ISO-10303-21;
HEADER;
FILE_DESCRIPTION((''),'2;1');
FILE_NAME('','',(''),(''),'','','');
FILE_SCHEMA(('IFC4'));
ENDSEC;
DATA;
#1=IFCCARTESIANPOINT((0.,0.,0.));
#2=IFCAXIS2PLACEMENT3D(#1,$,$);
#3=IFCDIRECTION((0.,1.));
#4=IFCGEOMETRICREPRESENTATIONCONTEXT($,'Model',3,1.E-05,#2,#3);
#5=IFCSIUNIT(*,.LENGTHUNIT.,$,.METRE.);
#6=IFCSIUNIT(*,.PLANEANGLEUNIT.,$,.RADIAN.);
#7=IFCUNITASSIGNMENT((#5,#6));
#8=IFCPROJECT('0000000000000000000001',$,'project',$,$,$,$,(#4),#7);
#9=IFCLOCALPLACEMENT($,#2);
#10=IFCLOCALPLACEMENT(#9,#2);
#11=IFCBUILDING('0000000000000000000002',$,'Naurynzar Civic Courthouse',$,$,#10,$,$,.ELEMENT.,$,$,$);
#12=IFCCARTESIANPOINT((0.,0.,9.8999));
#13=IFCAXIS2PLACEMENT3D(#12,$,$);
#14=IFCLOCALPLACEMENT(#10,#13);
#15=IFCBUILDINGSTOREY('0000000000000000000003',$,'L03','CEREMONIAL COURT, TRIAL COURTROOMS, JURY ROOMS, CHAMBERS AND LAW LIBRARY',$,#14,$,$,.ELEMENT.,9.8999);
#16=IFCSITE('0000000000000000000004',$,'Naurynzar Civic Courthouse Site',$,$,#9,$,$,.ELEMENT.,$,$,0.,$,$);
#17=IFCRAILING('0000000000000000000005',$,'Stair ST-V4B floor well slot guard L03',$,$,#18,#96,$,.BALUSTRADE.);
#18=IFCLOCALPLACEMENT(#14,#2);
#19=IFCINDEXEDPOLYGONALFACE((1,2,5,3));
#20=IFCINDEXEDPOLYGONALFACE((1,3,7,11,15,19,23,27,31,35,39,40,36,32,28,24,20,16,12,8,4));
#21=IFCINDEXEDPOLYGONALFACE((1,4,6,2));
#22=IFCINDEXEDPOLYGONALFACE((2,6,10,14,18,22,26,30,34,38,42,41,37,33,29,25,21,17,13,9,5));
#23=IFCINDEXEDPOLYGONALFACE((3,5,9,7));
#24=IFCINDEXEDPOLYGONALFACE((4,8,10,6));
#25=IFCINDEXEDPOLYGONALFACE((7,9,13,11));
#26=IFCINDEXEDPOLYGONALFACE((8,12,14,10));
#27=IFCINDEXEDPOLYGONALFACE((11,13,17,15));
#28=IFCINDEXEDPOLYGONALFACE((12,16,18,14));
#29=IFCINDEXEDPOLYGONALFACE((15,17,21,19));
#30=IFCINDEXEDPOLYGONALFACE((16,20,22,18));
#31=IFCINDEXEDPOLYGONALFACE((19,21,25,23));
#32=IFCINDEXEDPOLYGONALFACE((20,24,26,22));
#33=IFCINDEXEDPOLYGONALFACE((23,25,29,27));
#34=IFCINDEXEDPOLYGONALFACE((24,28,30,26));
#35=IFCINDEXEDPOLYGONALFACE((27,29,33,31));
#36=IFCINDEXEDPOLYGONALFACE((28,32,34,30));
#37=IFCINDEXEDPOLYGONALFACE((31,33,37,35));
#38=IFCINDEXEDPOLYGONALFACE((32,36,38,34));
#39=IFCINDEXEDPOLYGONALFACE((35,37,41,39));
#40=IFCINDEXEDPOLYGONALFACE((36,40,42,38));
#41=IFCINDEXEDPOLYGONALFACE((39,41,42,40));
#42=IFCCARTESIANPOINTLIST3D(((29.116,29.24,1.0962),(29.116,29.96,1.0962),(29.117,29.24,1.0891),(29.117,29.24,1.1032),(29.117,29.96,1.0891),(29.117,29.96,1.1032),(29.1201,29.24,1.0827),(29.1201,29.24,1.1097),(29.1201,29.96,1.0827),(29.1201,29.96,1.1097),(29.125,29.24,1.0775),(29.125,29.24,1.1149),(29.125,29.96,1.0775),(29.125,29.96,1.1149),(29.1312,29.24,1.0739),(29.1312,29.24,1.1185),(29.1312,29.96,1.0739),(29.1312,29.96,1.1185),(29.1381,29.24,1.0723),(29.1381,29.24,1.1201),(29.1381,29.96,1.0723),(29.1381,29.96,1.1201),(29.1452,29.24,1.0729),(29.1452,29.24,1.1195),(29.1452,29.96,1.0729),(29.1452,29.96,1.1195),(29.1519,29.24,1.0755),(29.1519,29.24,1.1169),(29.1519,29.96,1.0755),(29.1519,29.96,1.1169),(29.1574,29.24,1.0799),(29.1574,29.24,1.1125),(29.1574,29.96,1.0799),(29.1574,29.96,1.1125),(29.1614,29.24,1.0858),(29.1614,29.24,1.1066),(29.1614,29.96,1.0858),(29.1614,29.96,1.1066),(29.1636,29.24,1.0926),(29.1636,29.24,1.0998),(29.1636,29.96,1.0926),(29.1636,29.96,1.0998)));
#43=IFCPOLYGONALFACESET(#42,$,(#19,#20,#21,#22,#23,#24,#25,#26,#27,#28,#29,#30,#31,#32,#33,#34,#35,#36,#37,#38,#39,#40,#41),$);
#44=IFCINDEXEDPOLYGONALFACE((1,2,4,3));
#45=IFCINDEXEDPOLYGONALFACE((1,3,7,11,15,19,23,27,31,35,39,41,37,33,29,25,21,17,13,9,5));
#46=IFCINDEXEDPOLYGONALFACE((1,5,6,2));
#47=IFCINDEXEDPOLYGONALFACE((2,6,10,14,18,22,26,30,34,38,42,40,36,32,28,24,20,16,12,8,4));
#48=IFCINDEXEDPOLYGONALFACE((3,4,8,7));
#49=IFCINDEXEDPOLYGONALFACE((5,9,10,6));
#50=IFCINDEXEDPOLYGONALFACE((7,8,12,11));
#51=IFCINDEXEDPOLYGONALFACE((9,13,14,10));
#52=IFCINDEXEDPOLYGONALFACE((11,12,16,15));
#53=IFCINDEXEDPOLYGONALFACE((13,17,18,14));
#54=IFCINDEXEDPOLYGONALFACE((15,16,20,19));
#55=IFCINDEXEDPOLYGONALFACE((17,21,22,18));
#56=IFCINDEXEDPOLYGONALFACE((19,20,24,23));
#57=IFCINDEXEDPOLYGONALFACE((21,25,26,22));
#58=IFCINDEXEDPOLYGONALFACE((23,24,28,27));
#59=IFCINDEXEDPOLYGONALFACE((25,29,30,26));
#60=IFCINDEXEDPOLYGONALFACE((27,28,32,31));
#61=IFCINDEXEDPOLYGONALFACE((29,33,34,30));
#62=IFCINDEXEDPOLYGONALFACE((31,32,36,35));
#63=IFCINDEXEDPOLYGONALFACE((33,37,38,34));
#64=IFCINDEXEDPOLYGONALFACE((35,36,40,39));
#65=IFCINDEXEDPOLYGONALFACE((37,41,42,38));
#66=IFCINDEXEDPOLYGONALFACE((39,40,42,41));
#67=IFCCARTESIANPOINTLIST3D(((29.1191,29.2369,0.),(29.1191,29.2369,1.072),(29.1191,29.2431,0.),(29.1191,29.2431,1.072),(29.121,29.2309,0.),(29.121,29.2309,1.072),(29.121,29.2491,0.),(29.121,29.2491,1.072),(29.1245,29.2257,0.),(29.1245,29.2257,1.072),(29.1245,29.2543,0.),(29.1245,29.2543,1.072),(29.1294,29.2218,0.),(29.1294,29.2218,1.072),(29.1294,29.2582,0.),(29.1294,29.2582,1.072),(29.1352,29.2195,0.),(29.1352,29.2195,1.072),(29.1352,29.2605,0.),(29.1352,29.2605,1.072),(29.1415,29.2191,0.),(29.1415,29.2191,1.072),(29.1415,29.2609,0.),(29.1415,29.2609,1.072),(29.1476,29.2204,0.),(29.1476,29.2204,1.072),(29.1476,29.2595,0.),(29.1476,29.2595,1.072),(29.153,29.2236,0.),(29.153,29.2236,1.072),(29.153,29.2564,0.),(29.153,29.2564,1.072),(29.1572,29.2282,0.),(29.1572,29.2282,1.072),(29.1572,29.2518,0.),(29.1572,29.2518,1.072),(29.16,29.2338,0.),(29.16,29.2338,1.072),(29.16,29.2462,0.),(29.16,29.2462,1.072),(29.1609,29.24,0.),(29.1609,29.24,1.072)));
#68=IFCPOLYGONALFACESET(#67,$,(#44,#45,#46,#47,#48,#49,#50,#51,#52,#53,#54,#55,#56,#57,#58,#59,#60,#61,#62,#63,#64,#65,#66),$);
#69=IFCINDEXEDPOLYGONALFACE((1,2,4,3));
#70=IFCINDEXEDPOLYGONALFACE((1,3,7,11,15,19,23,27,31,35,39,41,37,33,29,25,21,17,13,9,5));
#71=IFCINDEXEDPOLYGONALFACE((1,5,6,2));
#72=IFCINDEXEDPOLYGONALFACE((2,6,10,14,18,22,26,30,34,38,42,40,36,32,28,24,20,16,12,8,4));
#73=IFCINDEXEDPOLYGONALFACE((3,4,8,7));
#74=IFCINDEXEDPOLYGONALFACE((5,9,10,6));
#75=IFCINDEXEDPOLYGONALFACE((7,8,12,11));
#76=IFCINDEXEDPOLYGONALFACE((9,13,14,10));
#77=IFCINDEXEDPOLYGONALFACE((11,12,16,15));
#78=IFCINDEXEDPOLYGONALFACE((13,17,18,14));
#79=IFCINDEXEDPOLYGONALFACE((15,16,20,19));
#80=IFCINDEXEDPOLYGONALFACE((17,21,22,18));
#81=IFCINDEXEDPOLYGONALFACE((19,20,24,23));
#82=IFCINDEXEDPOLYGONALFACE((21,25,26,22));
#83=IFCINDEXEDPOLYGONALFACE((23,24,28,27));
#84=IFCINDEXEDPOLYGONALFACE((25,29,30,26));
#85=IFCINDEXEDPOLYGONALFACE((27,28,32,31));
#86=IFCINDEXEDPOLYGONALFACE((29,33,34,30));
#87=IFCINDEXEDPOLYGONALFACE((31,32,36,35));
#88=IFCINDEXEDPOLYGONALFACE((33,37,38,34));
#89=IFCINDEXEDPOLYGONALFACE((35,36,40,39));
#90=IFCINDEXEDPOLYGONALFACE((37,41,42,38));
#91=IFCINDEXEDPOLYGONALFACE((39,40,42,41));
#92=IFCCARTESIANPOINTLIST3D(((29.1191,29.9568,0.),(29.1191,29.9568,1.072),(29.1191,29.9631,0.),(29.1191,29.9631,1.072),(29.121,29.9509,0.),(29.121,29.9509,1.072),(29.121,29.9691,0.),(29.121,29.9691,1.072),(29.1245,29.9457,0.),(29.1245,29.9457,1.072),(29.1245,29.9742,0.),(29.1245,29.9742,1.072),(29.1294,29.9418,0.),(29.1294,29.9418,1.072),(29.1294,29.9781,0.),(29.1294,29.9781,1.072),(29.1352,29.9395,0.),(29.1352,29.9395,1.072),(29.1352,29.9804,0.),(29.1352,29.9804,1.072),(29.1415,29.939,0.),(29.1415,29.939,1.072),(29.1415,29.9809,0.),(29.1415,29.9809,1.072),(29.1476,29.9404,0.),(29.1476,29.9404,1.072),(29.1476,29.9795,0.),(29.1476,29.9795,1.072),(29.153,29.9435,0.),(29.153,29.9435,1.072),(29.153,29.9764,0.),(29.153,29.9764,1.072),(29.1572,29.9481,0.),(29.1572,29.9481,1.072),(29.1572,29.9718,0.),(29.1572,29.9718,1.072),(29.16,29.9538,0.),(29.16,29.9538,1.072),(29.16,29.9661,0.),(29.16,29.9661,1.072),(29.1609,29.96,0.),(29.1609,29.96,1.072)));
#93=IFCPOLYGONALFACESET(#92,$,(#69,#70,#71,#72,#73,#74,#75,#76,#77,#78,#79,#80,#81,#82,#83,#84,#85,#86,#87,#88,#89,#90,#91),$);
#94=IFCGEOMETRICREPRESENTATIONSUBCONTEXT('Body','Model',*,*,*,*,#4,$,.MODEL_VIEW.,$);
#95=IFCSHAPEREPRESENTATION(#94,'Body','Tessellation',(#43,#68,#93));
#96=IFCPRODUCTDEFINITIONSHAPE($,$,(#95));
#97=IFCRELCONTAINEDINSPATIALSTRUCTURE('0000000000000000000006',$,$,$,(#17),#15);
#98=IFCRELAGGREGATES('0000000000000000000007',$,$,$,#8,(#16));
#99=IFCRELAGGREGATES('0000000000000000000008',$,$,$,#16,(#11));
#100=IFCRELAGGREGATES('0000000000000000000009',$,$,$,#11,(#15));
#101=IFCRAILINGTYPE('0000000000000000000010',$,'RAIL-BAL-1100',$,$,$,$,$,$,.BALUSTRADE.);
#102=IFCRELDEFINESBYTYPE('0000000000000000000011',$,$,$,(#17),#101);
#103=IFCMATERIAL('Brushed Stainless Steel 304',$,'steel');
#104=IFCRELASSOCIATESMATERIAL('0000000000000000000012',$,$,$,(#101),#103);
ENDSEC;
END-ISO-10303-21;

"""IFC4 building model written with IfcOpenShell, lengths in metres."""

from ifc_helpers import new_model, si_unit, direction, frame, origin, origin_2d, place, context, subcontext, project, spatial, circle, extrude, material, type_object, element, save


model = new_model("IFC4")

# Units and contexts
model_context = context("Model", 3, precision=1e-05, world=origin(), true_north=direction((0.0, 1.0)))
body_context = subcontext(model_context, "Body", "Model", "MODEL_VIEW")
ifc_project = project(units=[si_unit("LENGTHUNIT", "METRE"), si_unit("PLANEANGLEUNIT", "RADIAN")], contexts=[model_context])

# Site, building, storey
site_placement = place(None, origin())
site = spatial("IfcSite", under=ifc_project, at=site_placement, Name="Naurynzar Civic Courthouse Site", CompositionType="ELEMENT", RefElevation=0.0)
building_placement = place(site_placement, origin())
building = spatial("IfcBuilding", under=site, at=building_placement, Name="Naurynzar Civic Courthouse", CompositionType="ELEMENT")
storey_placement = place(building_placement, frame((0.0, 0.0, 9.8999)))
storey = spatial("IfcBuildingStorey", under=building, at=storey_placement, Name="L03", Description="CEREMONIAL COURT, TRIAL COURTROOMS, JURY ROOMS, CHAMBERS AND LAW LIBRARY", CompositionType="ELEMENT", Elevation=9.8999)

# Railing
ifc_material_1 = material(Name="Brushed Stainless Steel 304", Category="steel")
railing_type_1 = type_object("IfcRailingType", Name="RAIL-BAL-1100", PredefinedType="BALUSTRADE", material=ifc_material_1)
railing_1_placement = place(storey_placement, frame((29.1399, 29.24, 0.0)))
element("IfcRailing", 1, at=railing_1_placement, inside=storey, type_object=railing_type_1, Name="Stair ST-V4B floor well slot guard L03", PredefinedType="BALUSTRADE", context=body_context, shape_type="SweptSolid", body=[
    extrude(circle(Radius=0.0239, at=origin_2d()), frame((0.0, 0.0, 1.0962), z_axis=(0.0, 1.0, 0.0), x_axis=(-1.0, 0.0, 0.0)), (0.0, 0.0, 1.0), 0.72),
    extrude(circle(Radius=0.021, at=origin_2d()), origin(), (0.0, 0.0, 1.0), 1.072),
    extrude(circle(Radius=0.021, at=origin_2d()), frame((0.0, 0.72, 0.0)), (0.0, 0.0, 1.0), 1.072),
])

save(model, "model.ifc")
